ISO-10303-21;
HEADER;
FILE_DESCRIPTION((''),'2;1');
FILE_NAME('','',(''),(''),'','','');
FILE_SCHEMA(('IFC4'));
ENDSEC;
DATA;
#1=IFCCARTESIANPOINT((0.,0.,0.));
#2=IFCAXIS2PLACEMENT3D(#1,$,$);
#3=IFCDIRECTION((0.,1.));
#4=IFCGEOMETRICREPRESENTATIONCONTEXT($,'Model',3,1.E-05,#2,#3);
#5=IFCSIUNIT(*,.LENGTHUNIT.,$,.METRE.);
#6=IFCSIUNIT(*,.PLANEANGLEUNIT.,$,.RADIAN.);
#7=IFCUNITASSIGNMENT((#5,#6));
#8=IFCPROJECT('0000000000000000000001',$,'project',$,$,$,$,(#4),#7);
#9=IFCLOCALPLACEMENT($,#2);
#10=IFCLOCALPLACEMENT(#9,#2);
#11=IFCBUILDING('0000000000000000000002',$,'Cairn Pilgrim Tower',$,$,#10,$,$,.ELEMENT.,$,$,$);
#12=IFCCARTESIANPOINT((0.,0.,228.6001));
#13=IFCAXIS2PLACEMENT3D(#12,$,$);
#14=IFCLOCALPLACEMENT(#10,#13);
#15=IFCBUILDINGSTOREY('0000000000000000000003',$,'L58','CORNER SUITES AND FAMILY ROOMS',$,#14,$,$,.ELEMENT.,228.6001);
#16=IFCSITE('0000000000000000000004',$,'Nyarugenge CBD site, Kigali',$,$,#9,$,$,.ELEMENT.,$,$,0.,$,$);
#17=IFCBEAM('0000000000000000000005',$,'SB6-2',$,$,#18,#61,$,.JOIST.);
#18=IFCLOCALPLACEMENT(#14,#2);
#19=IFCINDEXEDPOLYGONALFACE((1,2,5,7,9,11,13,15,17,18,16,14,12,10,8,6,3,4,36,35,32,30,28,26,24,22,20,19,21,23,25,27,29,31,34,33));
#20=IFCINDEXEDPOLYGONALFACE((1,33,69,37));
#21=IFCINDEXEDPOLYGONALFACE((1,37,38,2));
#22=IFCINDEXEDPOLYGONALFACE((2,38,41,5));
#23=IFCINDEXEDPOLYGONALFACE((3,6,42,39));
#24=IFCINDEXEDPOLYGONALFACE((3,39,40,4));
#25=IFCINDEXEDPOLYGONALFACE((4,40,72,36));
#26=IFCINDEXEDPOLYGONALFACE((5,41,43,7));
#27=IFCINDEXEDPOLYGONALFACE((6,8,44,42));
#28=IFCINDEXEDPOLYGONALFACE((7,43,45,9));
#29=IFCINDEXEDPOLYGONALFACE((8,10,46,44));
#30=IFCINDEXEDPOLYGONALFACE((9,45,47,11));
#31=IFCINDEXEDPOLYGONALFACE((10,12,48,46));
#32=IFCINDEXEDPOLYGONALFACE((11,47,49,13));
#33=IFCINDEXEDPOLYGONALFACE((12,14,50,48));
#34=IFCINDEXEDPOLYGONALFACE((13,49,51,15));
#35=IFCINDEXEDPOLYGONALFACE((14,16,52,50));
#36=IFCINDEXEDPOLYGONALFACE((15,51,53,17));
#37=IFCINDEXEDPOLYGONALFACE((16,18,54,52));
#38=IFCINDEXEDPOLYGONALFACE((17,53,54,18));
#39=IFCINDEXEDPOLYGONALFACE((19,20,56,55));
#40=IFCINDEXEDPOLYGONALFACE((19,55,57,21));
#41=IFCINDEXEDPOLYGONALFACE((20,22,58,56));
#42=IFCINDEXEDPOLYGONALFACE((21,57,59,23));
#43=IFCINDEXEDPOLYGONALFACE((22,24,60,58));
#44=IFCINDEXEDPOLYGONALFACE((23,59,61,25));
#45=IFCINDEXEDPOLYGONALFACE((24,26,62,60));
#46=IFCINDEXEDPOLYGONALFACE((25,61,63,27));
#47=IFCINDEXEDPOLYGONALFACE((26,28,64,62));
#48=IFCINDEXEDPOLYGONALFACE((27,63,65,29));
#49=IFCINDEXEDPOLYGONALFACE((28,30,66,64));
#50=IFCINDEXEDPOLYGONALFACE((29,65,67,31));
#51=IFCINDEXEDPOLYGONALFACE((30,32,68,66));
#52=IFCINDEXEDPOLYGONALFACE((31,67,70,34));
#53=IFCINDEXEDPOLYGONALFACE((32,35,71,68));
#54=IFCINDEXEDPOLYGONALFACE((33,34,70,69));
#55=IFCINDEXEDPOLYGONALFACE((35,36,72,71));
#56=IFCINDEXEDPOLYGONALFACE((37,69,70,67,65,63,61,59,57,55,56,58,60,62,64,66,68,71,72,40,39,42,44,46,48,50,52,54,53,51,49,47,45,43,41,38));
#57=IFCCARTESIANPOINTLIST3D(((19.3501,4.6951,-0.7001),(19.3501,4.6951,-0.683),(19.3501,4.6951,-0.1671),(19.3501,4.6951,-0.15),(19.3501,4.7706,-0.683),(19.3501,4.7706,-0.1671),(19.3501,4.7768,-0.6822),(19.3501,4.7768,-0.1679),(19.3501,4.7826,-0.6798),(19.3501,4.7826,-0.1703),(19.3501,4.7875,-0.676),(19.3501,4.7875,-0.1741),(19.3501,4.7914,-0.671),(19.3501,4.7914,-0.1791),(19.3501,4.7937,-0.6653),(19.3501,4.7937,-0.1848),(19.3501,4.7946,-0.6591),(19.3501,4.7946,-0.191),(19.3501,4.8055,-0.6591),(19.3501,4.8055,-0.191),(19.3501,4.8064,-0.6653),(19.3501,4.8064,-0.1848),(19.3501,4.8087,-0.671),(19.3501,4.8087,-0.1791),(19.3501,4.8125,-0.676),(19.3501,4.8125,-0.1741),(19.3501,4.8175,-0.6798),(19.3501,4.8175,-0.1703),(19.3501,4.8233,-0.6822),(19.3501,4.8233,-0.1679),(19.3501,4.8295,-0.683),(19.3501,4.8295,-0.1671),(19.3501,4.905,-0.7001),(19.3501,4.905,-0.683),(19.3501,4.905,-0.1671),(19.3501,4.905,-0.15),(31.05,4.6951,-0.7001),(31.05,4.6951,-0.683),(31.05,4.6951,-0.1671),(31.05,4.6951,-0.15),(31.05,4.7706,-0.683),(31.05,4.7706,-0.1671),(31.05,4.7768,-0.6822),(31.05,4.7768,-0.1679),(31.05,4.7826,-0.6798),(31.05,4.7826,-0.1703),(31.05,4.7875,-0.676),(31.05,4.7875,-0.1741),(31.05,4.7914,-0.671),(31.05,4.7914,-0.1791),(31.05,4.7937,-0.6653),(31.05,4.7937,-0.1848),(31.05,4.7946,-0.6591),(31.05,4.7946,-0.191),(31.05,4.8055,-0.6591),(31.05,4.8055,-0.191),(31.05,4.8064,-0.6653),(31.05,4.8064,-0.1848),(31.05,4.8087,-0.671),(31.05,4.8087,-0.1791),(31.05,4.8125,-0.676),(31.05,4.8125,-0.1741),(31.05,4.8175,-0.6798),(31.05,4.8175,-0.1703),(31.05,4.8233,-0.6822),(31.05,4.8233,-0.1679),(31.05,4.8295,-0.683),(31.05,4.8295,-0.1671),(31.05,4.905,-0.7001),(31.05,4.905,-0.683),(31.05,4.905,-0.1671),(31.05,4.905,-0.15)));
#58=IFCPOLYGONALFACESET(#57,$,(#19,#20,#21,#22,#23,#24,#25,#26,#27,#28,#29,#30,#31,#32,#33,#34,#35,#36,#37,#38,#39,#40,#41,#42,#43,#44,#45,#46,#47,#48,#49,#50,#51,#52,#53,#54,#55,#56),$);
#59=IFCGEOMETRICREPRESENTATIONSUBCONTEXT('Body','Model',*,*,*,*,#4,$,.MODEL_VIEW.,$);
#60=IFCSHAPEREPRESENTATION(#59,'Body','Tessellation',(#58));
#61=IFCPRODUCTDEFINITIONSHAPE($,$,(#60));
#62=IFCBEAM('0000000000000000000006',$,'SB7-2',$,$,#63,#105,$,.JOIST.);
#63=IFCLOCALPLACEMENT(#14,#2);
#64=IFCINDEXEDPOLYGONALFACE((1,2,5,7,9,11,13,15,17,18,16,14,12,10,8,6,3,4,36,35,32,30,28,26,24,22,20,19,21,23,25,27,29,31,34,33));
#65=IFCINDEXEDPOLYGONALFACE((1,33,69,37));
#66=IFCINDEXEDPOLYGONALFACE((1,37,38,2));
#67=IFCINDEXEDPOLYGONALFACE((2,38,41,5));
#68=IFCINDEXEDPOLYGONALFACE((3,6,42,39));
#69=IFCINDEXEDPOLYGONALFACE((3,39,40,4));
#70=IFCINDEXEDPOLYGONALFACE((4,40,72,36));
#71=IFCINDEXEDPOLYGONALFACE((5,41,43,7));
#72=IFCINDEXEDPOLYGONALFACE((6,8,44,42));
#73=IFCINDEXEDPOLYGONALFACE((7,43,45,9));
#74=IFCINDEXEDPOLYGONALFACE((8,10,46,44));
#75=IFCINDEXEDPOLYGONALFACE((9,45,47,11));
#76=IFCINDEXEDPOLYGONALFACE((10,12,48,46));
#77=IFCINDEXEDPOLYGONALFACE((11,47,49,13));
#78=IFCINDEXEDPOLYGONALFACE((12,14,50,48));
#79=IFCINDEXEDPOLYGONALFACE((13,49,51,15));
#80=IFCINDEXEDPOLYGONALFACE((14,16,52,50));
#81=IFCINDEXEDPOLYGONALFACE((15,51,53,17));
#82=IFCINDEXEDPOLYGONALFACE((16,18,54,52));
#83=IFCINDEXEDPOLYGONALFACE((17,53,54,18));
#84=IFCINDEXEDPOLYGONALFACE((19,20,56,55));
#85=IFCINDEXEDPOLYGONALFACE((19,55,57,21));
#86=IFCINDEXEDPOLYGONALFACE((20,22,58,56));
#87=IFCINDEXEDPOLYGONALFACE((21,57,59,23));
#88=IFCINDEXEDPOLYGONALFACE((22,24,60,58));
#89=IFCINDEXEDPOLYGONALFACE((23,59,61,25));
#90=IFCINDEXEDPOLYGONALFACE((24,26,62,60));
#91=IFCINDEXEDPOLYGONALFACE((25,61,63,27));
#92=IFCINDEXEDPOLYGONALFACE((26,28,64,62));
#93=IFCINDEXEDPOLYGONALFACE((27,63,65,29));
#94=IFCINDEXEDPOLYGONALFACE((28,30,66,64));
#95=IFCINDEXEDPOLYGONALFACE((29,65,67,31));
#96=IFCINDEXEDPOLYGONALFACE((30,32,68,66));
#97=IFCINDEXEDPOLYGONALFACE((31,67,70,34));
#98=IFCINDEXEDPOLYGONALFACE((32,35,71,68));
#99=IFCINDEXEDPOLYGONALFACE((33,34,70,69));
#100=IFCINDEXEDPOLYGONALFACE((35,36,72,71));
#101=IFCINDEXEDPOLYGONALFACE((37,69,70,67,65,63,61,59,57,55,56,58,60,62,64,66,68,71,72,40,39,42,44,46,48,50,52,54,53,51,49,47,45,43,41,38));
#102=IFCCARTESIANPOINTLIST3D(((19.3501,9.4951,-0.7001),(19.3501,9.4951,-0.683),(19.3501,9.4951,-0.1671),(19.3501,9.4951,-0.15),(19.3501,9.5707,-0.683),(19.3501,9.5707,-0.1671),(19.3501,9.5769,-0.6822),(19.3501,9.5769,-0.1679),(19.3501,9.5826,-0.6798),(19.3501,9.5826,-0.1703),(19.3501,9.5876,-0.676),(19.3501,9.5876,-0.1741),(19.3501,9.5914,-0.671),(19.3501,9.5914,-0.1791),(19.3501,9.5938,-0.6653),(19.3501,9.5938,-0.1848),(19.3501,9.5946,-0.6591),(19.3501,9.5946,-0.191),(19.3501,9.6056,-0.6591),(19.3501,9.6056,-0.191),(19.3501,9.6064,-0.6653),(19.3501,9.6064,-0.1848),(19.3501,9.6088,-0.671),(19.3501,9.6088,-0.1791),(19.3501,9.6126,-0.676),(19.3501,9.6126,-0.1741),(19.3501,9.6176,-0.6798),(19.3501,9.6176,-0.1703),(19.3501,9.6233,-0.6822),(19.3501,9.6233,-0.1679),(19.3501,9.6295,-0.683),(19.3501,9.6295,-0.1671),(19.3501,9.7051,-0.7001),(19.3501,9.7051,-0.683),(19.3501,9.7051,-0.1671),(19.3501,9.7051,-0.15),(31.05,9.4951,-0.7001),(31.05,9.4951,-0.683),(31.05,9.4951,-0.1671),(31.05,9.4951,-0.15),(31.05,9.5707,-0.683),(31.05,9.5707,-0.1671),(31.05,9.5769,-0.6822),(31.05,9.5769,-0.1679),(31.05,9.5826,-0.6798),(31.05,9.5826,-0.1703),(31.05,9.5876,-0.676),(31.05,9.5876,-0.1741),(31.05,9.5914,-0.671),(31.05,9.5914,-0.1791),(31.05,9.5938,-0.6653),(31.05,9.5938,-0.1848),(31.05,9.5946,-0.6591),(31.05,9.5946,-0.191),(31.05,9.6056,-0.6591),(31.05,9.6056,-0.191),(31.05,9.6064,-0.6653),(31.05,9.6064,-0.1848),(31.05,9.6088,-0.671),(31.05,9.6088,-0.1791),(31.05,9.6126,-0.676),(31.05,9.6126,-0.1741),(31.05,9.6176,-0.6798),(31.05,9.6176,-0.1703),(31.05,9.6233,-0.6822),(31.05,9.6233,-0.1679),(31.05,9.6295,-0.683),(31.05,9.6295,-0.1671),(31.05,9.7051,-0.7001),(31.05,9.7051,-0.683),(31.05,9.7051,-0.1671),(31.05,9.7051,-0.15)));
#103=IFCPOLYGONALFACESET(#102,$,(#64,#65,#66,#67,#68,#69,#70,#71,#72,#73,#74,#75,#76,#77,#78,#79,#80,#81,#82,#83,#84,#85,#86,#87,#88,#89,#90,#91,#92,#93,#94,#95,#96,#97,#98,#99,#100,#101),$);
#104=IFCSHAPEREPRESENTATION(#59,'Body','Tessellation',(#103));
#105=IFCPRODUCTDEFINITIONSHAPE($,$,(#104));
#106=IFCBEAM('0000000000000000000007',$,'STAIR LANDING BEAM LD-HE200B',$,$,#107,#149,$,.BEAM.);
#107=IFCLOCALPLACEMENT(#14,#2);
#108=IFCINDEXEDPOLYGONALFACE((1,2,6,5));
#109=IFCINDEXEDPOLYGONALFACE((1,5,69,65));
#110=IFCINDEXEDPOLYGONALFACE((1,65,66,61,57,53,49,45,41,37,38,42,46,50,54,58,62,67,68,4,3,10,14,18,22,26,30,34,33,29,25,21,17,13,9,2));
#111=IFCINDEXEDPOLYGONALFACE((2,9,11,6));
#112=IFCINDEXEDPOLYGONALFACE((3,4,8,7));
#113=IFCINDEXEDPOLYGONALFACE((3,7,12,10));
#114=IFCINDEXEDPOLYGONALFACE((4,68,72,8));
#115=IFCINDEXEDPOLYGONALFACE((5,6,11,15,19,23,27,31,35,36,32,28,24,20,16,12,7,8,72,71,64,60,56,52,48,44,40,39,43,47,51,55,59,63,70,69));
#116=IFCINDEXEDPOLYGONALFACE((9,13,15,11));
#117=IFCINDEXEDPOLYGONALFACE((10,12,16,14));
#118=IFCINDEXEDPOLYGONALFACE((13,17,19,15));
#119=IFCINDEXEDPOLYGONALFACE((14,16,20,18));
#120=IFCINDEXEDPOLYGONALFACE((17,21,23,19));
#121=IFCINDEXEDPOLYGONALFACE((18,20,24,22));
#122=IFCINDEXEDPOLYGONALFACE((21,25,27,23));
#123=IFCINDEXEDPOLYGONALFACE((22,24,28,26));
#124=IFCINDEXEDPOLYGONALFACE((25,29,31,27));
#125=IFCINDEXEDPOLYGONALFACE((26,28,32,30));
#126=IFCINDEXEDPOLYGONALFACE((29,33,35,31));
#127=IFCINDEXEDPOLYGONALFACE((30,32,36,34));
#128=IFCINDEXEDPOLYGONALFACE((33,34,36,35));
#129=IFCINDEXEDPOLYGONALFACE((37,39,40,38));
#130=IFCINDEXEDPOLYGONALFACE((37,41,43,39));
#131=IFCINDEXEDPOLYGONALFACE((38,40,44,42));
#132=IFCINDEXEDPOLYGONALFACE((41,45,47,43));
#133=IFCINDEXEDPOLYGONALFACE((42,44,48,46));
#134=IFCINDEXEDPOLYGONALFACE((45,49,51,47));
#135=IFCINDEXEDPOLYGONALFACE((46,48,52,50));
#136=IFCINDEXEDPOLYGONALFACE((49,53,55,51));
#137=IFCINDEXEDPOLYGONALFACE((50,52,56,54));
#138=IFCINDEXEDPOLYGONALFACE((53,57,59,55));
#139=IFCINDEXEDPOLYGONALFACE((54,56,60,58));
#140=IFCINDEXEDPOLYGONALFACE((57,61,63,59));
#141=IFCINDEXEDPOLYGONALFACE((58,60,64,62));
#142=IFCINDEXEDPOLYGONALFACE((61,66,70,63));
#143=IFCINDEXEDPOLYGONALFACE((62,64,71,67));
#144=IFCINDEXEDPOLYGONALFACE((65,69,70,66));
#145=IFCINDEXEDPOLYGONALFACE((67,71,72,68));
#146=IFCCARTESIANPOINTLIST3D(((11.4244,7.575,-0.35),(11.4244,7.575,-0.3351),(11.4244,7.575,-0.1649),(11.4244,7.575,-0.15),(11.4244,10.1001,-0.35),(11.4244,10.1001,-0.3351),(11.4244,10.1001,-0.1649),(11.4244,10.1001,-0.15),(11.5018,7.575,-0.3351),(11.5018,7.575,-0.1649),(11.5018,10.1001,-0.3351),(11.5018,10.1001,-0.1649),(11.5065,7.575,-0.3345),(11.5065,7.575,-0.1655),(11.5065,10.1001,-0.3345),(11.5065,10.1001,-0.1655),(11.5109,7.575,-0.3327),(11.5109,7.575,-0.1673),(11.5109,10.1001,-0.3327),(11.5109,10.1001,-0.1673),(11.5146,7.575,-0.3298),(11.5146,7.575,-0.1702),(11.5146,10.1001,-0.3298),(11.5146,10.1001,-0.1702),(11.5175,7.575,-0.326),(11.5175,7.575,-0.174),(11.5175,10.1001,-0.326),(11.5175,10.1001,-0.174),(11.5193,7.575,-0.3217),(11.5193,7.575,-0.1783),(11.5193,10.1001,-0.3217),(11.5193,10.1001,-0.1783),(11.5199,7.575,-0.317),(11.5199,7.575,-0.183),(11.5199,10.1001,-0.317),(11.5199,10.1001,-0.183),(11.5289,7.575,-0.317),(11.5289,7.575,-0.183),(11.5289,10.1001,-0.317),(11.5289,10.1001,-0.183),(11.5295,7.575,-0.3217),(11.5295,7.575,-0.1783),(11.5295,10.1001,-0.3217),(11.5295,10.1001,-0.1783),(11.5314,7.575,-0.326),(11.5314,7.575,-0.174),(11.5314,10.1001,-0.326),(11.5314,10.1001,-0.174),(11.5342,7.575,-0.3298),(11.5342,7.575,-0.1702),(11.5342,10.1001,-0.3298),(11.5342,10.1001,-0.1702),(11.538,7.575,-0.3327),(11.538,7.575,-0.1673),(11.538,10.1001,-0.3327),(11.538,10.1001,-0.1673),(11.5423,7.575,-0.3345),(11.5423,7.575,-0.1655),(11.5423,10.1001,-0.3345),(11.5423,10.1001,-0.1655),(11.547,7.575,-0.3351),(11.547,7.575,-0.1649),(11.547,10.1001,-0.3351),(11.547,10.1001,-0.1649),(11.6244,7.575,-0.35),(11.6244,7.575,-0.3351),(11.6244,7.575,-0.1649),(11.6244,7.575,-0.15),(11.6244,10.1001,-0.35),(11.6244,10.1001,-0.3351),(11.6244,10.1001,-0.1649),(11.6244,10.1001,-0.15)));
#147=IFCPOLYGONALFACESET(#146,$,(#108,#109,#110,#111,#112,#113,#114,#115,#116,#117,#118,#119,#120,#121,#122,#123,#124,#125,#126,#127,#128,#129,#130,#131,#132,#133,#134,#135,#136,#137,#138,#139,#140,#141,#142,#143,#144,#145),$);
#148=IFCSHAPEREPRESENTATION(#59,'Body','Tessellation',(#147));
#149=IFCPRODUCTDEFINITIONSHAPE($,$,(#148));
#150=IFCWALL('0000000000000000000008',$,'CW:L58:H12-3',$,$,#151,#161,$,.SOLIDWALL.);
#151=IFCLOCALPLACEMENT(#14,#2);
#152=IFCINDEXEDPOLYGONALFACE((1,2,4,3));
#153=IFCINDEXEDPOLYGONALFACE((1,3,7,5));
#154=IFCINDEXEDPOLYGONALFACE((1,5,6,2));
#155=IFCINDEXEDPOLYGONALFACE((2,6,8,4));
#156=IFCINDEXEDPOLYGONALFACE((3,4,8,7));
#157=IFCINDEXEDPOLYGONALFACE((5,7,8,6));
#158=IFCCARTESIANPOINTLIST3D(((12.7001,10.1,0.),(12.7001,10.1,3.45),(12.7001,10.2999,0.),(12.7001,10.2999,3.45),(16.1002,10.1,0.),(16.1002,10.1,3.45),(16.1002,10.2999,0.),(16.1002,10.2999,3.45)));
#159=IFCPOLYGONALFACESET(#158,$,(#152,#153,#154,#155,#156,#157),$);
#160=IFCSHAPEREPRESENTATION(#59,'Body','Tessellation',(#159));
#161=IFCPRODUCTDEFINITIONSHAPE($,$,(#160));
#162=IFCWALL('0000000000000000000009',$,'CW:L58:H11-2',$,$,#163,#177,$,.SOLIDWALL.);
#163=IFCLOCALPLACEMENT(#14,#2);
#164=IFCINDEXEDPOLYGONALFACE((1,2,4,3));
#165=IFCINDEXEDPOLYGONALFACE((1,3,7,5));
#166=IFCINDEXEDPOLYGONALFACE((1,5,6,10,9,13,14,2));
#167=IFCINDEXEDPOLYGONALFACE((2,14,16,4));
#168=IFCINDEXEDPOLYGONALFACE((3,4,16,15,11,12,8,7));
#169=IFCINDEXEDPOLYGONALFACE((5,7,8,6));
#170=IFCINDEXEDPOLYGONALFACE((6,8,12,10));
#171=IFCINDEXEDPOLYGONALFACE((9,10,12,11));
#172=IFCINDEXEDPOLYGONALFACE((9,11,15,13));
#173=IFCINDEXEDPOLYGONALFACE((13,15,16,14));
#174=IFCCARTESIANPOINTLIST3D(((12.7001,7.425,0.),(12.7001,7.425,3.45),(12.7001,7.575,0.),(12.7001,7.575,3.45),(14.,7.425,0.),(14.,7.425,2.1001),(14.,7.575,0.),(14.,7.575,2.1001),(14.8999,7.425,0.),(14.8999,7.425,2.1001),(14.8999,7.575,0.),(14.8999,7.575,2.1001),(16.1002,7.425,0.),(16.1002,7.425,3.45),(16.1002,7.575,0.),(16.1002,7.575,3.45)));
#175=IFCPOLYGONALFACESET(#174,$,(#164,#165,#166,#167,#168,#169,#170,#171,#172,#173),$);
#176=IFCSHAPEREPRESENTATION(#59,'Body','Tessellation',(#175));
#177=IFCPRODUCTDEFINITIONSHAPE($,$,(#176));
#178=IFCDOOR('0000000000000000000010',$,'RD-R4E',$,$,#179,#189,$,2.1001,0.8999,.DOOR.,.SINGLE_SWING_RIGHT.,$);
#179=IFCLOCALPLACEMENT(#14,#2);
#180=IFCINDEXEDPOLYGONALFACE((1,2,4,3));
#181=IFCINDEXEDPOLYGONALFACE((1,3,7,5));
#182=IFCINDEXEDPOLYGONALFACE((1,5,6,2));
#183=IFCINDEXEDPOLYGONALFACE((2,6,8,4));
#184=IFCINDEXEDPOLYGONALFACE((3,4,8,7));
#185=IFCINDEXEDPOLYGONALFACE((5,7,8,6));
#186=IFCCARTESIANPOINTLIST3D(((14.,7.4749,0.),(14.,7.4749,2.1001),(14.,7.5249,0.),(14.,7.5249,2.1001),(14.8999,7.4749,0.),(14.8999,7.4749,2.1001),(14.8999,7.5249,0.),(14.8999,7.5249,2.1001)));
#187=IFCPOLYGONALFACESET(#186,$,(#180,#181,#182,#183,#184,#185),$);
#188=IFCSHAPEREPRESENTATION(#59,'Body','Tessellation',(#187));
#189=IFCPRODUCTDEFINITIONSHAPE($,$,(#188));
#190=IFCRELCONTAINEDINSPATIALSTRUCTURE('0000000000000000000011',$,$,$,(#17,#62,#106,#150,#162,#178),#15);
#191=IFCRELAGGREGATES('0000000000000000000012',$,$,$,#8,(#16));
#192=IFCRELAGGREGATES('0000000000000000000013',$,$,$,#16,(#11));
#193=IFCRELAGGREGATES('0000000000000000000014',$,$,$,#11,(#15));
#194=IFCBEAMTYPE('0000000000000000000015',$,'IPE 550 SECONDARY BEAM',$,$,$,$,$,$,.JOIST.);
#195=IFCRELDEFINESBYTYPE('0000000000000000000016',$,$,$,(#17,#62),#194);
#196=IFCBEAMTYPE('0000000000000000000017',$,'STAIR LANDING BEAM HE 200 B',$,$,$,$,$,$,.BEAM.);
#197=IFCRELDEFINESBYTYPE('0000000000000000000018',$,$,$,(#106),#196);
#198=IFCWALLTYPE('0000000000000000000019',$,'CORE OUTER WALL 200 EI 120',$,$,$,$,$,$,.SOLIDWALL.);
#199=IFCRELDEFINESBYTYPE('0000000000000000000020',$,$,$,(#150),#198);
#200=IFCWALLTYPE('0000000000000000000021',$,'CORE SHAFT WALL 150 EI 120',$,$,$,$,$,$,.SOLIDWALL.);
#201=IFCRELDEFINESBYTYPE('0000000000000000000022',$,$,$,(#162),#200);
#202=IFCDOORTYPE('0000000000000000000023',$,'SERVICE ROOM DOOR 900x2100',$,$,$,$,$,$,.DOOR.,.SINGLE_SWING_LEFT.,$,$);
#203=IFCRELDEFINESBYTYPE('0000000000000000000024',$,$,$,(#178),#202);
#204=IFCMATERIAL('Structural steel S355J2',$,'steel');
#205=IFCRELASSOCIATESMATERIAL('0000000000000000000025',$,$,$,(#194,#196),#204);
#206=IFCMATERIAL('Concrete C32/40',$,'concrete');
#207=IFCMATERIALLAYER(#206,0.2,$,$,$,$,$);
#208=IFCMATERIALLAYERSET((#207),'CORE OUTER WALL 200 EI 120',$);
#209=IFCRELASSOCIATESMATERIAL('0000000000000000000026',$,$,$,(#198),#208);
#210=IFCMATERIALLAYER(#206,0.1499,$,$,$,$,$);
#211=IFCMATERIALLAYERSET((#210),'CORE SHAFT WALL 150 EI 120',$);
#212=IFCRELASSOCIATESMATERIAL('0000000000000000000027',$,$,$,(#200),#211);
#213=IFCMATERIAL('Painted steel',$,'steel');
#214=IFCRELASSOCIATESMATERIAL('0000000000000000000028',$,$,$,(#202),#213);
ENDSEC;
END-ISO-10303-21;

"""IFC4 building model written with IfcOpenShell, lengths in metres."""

from ifc_helpers import new_model, si_unit, direction, frame, frame_2d, origin, origin_2d, place, context, subcontext, project, spatial, rectangle, i_section, extrude, material, layer, layer_set, material_profile, profile_set, type_object, element, fill, save


model = new_model("IFC4")

# Units and contexts
model_context = context("Model", 3, precision=1e-05, world=origin(), true_north=direction((0.0, 1.0)))
body_context = subcontext(model_context, "Body", "Model", "MODEL_VIEW")
ifc_project = project(units=[si_unit("LENGTHUNIT", "METRE"), si_unit("PLANEANGLEUNIT", "RADIAN")], contexts=[model_context])

# Site, building, storey
site_placement = place(None, origin())
site = spatial("IfcSite", under=ifc_project, at=site_placement, Name="Nyarugenge CBD site, Kigali", CompositionType="ELEMENT", RefElevation=0.0)
building_placement = place(site_placement, origin())
building = spatial("IfcBuilding", under=site, at=building_placement, Name="Cairn Pilgrim Tower", CompositionType="ELEMENT")
storey_placement = place(building_placement, frame((0.0, 0.0, 228.6001)))
storey = spatial("IfcBuildingStorey", under=building, at=storey_placement, Name="L58", Description="CORNER SUITES AND FAMILY ROOMS", CompositionType="ELEMENT", Elevation=228.6001)

# Shared definitions
ifc_material_1 = material(Name="Structural steel S355J2", Category="steel")

# Beams
ifc_material_profile_1 = material_profile(ifc_material_1, i_section(OverallWidth=0.21, OverallDepth=0.55, WebThickness=0.011, FlangeThickness=0.0171, FilletRadius=0.0239, at=origin_2d()), Name="IPE 550")
ifc_profile_set_1 = profile_set([ifc_material_profile_1], Name="Structural steel S355J2")
beam_type_1 = type_object("IfcBeamType", Name="IPE 550 SECONDARY BEAM", PredefinedType="JOIST", material=ifc_profile_set_1)
for number, where, z_axis, x_axis, name in (
    (1, (19.3501, 4.8, -0.425), (1.0, 0.0, 0.0), (0.0, 1.0, 0.0), "SB6-2"),
    (2, (19.3501, 9.6001, -0.425), (1.0, 0.0, 0.0), (0.0, 1.0, 0.0), "SB7-2"),
):
    element("IfcBeam", number, at=place(storey_placement, frame(where, z_axis=z_axis, x_axis=x_axis)), inside=storey, type_object=beam_type_1, Name=name, PredefinedType="JOIST", context=body_context, shape_type="SweptSolid", body=[
        extrude(i_section(OverallWidth=0.21, OverallDepth=0.55, WebThickness=0.011, FlangeThickness=0.0171, FilletRadius=0.0239, at=origin_2d()), origin(), (0.0, 0.0, 1.0), 11.7),
    ])
ifc_material_profile_2 = material_profile(ifc_material_1, i_section(OverallWidth=0.2, OverallDepth=0.2, WebThickness=0.009, FlangeThickness=0.0149, FilletRadius=0.0181, at=origin_2d()), Name="HE 200 B")
ifc_profile_set_2 = profile_set([ifc_material_profile_2], Name="Structural steel S355J2")
beam_type_2 = type_object("IfcBeamType", Name="STAIR LANDING BEAM HE 200 B", PredefinedType="BEAM", material=ifc_profile_set_2)
beam_1_placement = place(storey_placement, frame((11.5244, 10.1001, -0.25), z_axis=(0.0, -1.0, 0.0), x_axis=(1.0, 0.0, 0.0)))
element("IfcBeam", 3, at=beam_1_placement, inside=storey, type_object=beam_type_2, Name="STAIR LANDING BEAM LD-HE200B", PredefinedType="BEAM", context=body_context, shape_type="SweptSolid", body=[
    extrude(i_section(OverallWidth=0.2, OverallDepth=0.2, WebThickness=0.009, FlangeThickness=0.0149, FilletRadius=0.0181, at=origin_2d()), origin(), (0.0, 0.0, 1.0), 2.5251),
])

# Wall
ifc_material_2 = material(Name="Concrete C32/40", Category="concrete")
ifc_layer_1 = layer(ifc_material_2, 0.2)
ifc_layer_set_1 = layer_set([ifc_layer_1], Name="CORE OUTER WALL 200 EI 120")
wall_type_1 = type_object("IfcWallType", Name="CORE OUTER WALL 200 EI 120", PredefinedType="SOLIDWALL", material=ifc_layer_set_1)
wall_1_placement = place(storey_placement, frame((12.7, 10.2, 0.0), z_axis=(0.0, 0.0, 1.0), x_axis=(1.0, 0.0, 0.0)))
element("IfcWall", 4, at=wall_1_placement, inside=storey, type_object=wall_type_1, Name="CW:L58:H12-3", PredefinedType="SOLIDWALL", context=body_context, shape_type="SweptSolid", body=[
    extrude(rectangle(XDim=3.4001, YDim=0.2, at=frame_2d((1.7002, 0.0))), origin(), (0.0, 0.0, 1.0), 3.45),
])

# Wall, opening, door
ifc_layer_2 = layer(ifc_material_2, 0.1499)
ifc_layer_set_2 = layer_set([ifc_layer_2], Name="CORE SHAFT WALL 150 EI 120")
wall_type_2 = type_object("IfcWallType", Name="CORE SHAFT WALL 150 EI 120", PredefinedType="SOLIDWALL", material=ifc_layer_set_2)
wall_2_placement = place(storey_placement, frame((12.7, 7.5, 0.0), z_axis=(0.0, 0.0, 1.0), x_axis=(1.0, 0.0, 0.0)))
wall_2 = element("IfcWall", 5, at=wall_2_placement, inside=storey, type_object=wall_type_2, Name="CW:L58:H11-2", PredefinedType="SOLIDWALL", context=body_context, shape_type="SweptSolid", body=[
    extrude(rectangle(XDim=3.4001, YDim=0.1499, at=frame_2d((1.7002, 0.0))), origin(), (0.0, 0.0, 1.0), 3.45),
])
opening_1_placement = place(wall_2_placement, frame((1.3, 0.0, 0.0)))
opening_1 = element("IfcOpeningElement", 6, at=opening_1_placement, cuts=wall_2, PredefinedType="OPENING", context=body_context, shape_type="SweptSolid", body=[
    extrude(rectangle(XDim=0.8999, YDim=2.1001, at=frame_2d((0.45, 1.05))), frame((0.0, 0.085, 0.0), z_axis=(0.0, -1.0, 0.0), x_axis=(1.0, 0.0, 0.0)), (0.0, 0.0, 1.0), 0.1699),
])
ifc_material_3 = material(Name="Painted steel", Category="steel")
door_type_1 = type_object("IfcDoorType", Name="SERVICE ROOM DOOR 900x2100", OperationType="SINGLE_SWING_LEFT", PredefinedType="DOOR", material=ifc_material_3)
door_1_placement = place(opening_1_placement, origin())
door_1 = element("IfcDoor", 7, at=door_1_placement, inside=storey, type_object=door_type_1, Name="RD-R4E", OperationType="SINGLE_SWING_RIGHT", OverallHeight=2.1001, OverallWidth=0.8999, PredefinedType="DOOR", context=body_context, shape_type="SweptSolid", body=[
    extrude(rectangle(XDim=0.8999, YDim=2.1001, at=frame_2d((0.45, 1.05))), frame((0.0, 0.0249, 0.0), z_axis=(0.0, -1.0, 0.0), x_axis=(1.0, 0.0, 0.0)), (0.0, 0.0, 1.0), 0.05),
])
fill(opening_1, door_1)

save(model, "model.ifc")
